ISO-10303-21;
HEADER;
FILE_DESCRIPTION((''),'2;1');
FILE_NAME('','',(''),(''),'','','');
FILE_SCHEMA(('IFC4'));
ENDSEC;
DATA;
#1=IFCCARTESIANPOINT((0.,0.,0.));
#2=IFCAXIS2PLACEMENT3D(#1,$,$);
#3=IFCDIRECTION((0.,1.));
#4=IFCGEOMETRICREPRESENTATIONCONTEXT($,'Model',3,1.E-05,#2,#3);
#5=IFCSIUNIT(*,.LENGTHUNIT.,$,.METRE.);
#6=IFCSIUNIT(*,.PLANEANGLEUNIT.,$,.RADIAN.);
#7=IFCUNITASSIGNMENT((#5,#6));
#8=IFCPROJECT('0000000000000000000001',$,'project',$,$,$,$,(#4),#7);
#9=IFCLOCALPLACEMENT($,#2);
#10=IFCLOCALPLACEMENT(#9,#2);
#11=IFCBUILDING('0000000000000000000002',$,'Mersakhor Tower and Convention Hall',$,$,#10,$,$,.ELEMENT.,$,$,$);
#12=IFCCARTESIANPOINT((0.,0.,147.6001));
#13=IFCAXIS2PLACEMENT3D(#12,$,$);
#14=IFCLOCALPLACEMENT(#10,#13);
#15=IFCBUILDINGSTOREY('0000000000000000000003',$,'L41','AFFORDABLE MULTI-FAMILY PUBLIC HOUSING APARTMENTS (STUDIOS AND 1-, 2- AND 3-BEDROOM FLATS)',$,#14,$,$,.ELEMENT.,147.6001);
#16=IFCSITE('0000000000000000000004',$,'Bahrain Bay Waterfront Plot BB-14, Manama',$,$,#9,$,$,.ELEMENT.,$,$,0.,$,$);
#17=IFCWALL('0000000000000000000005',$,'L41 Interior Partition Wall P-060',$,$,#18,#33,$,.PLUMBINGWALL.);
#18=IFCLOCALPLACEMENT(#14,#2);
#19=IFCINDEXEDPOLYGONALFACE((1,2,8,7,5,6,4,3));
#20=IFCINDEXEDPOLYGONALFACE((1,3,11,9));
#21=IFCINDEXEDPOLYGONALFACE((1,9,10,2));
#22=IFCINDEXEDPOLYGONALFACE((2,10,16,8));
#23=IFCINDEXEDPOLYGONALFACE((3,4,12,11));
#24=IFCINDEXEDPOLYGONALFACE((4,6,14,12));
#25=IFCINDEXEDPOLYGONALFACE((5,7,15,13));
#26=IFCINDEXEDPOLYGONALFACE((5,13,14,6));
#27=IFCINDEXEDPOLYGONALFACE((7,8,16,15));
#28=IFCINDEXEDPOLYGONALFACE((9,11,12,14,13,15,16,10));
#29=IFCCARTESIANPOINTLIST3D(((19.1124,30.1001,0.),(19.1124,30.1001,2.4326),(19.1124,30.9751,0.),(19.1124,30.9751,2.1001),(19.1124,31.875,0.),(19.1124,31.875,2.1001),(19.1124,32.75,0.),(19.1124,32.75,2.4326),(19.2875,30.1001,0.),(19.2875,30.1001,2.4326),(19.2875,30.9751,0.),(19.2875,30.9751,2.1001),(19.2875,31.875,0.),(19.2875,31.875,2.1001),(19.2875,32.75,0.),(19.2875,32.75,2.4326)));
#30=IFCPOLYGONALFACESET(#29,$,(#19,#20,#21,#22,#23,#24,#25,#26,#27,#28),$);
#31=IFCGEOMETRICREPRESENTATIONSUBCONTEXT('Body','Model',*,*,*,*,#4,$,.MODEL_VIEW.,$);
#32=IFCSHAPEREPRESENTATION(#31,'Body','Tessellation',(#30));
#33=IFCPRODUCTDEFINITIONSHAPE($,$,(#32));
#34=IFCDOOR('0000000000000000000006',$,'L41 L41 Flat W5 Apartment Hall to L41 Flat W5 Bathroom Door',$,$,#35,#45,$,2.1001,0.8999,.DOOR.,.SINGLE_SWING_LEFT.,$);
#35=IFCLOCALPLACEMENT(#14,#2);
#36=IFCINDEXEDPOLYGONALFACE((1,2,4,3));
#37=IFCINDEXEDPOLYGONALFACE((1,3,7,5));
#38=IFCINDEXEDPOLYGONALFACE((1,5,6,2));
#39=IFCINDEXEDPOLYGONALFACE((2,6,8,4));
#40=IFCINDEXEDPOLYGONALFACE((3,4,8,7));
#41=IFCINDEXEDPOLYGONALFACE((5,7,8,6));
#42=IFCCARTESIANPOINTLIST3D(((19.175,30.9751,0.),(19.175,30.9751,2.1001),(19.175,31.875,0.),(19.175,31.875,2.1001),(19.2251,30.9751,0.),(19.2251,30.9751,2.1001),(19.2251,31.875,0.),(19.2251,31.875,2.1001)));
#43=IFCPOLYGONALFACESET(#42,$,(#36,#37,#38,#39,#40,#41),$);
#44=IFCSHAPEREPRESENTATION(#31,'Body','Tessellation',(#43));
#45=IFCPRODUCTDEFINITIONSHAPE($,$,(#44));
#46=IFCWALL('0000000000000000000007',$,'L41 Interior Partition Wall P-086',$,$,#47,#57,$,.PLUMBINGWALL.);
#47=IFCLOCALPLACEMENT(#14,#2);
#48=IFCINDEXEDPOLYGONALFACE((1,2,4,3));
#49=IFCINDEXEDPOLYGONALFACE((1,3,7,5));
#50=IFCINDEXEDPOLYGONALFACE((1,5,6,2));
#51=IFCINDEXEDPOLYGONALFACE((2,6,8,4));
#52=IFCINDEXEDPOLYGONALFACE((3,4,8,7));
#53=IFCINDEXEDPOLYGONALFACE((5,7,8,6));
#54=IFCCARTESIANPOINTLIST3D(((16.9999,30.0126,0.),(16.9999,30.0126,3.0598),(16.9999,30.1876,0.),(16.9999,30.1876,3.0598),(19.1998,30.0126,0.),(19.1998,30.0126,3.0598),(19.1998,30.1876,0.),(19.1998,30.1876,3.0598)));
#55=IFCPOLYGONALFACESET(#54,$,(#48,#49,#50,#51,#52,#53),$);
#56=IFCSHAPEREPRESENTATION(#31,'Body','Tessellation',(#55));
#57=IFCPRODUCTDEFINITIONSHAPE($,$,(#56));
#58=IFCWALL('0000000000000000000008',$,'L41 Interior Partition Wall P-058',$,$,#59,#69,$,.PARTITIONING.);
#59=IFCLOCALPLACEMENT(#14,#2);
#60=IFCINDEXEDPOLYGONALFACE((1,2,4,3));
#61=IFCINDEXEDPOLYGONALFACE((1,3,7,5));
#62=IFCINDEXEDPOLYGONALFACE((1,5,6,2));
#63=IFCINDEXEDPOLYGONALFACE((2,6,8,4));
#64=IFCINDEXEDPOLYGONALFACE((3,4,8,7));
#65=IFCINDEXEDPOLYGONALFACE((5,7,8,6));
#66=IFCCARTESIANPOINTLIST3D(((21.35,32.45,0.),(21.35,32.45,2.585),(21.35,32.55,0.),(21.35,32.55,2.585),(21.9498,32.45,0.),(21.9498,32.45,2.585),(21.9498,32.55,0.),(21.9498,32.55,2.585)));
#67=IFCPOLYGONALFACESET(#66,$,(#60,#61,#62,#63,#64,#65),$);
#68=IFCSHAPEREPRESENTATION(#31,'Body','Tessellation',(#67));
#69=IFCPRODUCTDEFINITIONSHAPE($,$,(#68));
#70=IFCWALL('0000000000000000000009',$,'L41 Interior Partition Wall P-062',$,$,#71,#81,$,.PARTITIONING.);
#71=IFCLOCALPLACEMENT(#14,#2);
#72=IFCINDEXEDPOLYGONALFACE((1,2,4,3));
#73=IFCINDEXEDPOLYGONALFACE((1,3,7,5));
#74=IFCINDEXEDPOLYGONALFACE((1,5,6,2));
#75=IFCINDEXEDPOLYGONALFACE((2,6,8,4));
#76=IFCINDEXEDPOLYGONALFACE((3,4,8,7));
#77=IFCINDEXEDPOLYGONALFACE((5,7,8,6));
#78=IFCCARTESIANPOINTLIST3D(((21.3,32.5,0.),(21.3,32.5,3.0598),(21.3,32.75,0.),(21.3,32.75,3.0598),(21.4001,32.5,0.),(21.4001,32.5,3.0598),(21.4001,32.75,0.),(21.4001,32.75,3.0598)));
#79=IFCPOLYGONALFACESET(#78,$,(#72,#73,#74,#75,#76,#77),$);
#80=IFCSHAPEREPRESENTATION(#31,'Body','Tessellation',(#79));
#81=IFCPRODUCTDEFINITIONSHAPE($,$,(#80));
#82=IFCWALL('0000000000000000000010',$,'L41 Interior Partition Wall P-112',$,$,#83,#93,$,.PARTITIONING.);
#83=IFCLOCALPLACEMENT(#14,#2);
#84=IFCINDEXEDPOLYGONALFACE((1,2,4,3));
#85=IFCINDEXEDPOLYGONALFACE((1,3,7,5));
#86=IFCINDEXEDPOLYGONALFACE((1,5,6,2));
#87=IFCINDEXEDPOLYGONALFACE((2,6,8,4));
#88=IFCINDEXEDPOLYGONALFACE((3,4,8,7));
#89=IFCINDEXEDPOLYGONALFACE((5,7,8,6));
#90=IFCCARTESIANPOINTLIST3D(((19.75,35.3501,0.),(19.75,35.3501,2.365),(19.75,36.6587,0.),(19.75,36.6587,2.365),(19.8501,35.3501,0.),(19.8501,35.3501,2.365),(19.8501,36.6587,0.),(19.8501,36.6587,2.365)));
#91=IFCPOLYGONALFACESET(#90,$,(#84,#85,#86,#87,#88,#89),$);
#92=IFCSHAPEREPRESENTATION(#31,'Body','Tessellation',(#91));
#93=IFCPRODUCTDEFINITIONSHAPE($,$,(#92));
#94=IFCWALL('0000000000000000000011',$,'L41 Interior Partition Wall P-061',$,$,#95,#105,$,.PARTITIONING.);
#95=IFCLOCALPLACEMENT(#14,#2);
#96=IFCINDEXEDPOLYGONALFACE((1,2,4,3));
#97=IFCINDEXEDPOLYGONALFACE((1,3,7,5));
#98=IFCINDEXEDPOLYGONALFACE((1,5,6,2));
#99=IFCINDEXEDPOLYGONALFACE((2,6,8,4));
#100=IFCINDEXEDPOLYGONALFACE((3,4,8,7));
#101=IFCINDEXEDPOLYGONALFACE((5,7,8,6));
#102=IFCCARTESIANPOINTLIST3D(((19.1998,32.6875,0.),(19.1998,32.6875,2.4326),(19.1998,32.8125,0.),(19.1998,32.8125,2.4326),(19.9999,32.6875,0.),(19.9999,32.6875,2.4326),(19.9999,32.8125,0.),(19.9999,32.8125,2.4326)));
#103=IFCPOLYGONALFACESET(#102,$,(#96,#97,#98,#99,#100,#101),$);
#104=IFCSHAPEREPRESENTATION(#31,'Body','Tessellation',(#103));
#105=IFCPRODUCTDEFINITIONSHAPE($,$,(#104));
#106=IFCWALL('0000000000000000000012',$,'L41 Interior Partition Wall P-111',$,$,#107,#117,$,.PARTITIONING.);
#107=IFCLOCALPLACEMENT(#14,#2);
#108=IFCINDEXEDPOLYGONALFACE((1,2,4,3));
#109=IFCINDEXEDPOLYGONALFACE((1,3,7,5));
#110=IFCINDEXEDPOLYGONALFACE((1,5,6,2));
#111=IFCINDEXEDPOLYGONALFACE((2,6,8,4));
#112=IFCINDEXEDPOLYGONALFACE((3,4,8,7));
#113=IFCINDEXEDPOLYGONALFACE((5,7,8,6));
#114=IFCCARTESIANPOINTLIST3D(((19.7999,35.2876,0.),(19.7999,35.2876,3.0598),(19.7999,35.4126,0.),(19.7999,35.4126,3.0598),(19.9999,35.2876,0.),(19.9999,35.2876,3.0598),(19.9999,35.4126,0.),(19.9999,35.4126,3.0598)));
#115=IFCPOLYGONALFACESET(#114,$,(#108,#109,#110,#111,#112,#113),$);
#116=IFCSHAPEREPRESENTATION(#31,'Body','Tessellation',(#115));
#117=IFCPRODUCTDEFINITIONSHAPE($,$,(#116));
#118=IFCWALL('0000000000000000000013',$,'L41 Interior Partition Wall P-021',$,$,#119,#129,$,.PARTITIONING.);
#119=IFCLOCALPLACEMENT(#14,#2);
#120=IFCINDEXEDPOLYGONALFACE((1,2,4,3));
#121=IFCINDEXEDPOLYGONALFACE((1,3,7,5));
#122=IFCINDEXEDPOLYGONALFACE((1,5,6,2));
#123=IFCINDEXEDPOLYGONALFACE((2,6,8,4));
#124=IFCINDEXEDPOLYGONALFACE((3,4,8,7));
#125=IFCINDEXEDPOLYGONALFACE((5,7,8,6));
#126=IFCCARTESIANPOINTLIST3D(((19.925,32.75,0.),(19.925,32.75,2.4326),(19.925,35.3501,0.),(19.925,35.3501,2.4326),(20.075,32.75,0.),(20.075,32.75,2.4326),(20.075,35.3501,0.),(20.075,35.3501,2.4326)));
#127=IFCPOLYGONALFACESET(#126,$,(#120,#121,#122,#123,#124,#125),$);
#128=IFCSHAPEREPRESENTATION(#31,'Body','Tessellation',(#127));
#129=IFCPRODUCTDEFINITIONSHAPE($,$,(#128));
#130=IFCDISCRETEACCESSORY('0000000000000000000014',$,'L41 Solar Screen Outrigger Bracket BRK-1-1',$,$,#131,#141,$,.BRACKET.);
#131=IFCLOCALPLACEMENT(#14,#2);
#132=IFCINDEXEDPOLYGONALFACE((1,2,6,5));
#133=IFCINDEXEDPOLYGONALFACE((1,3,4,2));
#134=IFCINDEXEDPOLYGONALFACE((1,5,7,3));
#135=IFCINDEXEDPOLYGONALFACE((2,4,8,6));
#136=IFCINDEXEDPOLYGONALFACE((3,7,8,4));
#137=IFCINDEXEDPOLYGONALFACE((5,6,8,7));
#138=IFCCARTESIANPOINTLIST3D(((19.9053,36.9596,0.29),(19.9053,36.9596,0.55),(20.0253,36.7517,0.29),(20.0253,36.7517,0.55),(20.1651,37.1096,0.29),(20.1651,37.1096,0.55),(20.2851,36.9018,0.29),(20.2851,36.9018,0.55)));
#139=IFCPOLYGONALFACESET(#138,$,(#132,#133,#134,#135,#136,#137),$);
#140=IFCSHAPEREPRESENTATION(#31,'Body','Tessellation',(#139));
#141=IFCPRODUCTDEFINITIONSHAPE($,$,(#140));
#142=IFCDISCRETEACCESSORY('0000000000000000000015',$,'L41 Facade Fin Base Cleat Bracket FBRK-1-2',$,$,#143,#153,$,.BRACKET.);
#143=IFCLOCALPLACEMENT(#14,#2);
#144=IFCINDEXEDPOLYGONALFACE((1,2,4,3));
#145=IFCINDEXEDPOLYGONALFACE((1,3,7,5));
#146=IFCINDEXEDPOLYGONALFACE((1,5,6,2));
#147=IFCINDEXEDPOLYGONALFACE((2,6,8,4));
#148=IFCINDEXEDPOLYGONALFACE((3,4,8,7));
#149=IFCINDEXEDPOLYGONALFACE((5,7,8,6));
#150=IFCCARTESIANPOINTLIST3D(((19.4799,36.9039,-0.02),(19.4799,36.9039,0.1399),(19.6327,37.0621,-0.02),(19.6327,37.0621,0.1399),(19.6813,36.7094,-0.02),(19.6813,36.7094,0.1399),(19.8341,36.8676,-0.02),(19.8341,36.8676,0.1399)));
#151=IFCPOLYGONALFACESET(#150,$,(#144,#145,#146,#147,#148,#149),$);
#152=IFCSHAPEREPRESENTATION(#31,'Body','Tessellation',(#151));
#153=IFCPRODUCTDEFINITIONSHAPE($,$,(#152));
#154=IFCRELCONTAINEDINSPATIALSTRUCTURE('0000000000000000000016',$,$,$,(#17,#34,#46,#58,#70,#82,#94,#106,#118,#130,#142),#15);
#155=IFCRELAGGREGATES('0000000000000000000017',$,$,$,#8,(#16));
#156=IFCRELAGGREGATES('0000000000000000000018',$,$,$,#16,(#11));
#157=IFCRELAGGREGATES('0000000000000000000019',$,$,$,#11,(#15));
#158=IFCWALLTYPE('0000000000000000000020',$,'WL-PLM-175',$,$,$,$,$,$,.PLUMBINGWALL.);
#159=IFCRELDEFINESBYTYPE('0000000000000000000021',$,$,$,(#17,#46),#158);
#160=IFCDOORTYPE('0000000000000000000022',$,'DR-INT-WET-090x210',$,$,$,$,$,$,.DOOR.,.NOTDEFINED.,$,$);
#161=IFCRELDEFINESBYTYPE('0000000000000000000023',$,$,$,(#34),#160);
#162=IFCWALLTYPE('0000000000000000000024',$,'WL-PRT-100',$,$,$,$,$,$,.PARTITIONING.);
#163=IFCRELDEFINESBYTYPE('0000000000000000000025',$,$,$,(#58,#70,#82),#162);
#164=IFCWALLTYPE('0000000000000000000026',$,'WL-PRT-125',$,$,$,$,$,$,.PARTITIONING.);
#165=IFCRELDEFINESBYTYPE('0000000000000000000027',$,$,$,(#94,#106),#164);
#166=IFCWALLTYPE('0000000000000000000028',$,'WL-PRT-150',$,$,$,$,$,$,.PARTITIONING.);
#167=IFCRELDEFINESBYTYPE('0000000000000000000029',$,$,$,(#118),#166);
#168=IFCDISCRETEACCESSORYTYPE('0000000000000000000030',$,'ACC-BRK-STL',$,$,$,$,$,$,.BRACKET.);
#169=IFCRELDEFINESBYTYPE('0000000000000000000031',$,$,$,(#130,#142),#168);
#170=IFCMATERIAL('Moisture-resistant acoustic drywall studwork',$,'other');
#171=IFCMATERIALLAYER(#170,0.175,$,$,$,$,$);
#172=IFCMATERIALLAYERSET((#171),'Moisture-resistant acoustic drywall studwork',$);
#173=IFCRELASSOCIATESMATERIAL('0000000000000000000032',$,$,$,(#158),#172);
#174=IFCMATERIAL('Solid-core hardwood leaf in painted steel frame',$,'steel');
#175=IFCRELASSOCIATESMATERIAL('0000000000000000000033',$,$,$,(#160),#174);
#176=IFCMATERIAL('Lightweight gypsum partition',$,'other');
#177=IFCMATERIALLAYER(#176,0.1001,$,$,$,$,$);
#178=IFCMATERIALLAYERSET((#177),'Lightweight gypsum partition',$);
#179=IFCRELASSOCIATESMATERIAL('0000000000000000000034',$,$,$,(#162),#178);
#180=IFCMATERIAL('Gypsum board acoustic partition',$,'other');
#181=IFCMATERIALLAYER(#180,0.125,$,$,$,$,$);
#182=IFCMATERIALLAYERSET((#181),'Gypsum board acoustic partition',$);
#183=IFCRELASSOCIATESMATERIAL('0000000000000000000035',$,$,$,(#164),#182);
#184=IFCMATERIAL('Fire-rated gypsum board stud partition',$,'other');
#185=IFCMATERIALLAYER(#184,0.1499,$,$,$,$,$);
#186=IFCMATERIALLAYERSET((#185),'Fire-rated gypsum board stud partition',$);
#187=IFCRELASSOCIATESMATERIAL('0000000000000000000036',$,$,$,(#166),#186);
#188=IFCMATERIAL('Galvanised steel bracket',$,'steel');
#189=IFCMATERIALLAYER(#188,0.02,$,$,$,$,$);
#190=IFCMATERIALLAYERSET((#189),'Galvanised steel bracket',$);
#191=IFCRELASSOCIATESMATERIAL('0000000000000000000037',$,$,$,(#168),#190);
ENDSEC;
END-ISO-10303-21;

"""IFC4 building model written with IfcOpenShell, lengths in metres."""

from ifc_helpers import new_model, si_unit, direction, frame, frame_2d, origin, origin_2d, place, context, subcontext, project, spatial, rectangle, extrude, material, layer, layer_set, type_object, element, fill, save


model = new_model("IFC4")

# Units and contexts
model_context = context("Model", 3, precision=1e-05, world=origin(), true_north=direction((0.0, 1.0)))
body_context = subcontext(model_context, "Body", "Model", "MODEL_VIEW")
ifc_project = project(units=[si_unit("LENGTHUNIT", "METRE"), si_unit("PLANEANGLEUNIT", "RADIAN")], contexts=[model_context])

# Site, building, storey
site_placement = place(None, origin())
site = spatial("IfcSite", under=ifc_project, at=site_placement, Name="Bahrain Bay Waterfront Plot BB-14, Manama", CompositionType="ELEMENT", RefElevation=0.0)
building_placement = place(site_placement, origin())
building = spatial("IfcBuilding", under=site, at=building_placement, Name="Mersakhor Tower and Convention Hall", CompositionType="ELEMENT")
storey_placement = place(building_placement, frame((0.0, 0.0, 147.6001)))
storey = spatial("IfcBuildingStorey", under=building, at=storey_placement, Name="L41", Description="AFFORDABLE MULTI-FAMILY PUBLIC HOUSING APARTMENTS (STUDIOS AND 1-, 2- AND 3-BEDROOM FLATS)", CompositionType="ELEMENT", Elevation=147.6001)

# Wall, opening, door
ifc_material_1 = material(Name="Moisture-resistant acoustic drywall studwork", Category="other")
ifc_layer_1 = layer(ifc_material_1, 0.175)
ifc_layer_set_1 = layer_set([ifc_layer_1], Name="Moisture-resistant acoustic drywall studwork")
wall_type_1 = type_object("IfcWallType", Name="WL-PLM-175", PredefinedType="PLUMBINGWALL", material=ifc_layer_set_1)
wall_1_placement = place(storey_placement, frame((19.2, 30.1001, 0.0), z_axis=(0.0, 0.0, 1.0), x_axis=(0.0, 1.0, 0.0)))
wall_1 = element("IfcWall", 1, at=wall_1_placement, inside=storey, type_object=wall_type_1, Name="L41 Interior Partition Wall P-060", PredefinedType="PLUMBINGWALL", context=body_context, shape_type="SweptSolid", body=[
    extrude(rectangle(XDim=2.6499, YDim=0.175, at=frame_2d((1.325, 0.0))), origin(), (0.0, 0.0, 1.0), 2.4326),
])
opening_1_placement = place(wall_1_placement, frame((0.875, 0.0, 0.0)))
opening_1 = element("IfcOpeningElement", 2, at=opening_1_placement, cuts=wall_1, PredefinedType="OPENING", context=body_context, shape_type="SweptSolid", body=[
    extrude(rectangle(XDim=0.8999, YDim=2.1001, at=frame_2d((0.45, 1.05))), frame((0.0, 0.0974, 0.0), z_axis=(0.0, -1.0, 0.0), x_axis=(1.0, 0.0, 0.0)), (0.0, 0.0, 1.0), 0.1951),
])
ifc_material_2 = material(Name="Solid-core hardwood leaf in painted steel frame", Category="steel")
door_type_1 = type_object("IfcDoorType", Name="DR-INT-WET-090x210", OperationType="NOTDEFINED", PredefinedType="DOOR", material=ifc_material_2)
door_1_placement = place(opening_1_placement, origin())
door_1 = element("IfcDoor", 3, at=door_1_placement, inside=storey, type_object=door_type_1, Name="L41 L41 Flat W5 Apartment Hall to L41 Flat W5 Bathroom Door", OperationType="SINGLE_SWING_LEFT", OverallHeight=2.1001, OverallWidth=0.8999, PredefinedType="DOOR", context=body_context, shape_type="SweptSolid", body=[
    extrude(rectangle(XDim=0.8999, YDim=2.1001, at=frame_2d((0.45, 1.05))), frame((0.0, 0.0249, 0.0), z_axis=(0.0, -1.0, 0.0), x_axis=(1.0, 0.0, 0.0)), (0.0, 0.0, 1.0), 0.05),
])
fill(opening_1, door_1)

# Walls
wall_2_placement = place(storey_placement, frame((19.2, 30.1001, 0.0), z_axis=(0.0, 0.0, 1.0), x_axis=(-1.0, 0.0, 0.0)))
element("IfcWall", 4, at=wall_2_placement, inside=storey, type_object=wall_type_1, Name="L41 Interior Partition Wall P-086", PredefinedType="PLUMBINGWALL", context=body_context, shape_type="SweptSolid", body=[
    extrude(rectangle(XDim=2.2, YDim=0.175, at=frame_2d((1.1001, 0.0))), origin(), (0.0, 0.0, 1.0), 3.0598),
])
ifc_material_3 = material(Name="Lightweight gypsum partition", Category="other")
ifc_layer_2 = layer(ifc_material_3, 0.1001)
ifc_layer_set_2 = layer_set([ifc_layer_2], Name="Lightweight gypsum partition")
wall_type_2 = type_object("IfcWallType", Name="WL-PRT-100", PredefinedType="PARTITIONING", material=ifc_layer_set_2)
wall_3_placement = place(storey_placement, frame((21.3501, 32.5, 0.0), z_axis=(0.0, 0.0, 1.0), x_axis=(1.0, 0.0, 0.0)))
element("IfcWall", 5, at=wall_3_placement, inside=storey, type_object=wall_type_2, Name="L41 Interior Partition Wall P-058", PredefinedType="PARTITIONING", context=body_context, shape_type="SweptSolid", body=[
    extrude(rectangle(XDim=0.5999, YDim=0.1001, at=frame_2d((0.2998, 0.0))), origin(), (0.0, 0.0, 1.0), 2.585),
])
wall_4_placement = place(storey_placement, frame((21.3501, 32.75, 0.0), z_axis=(0.0, 0.0, 1.0), x_axis=(0.0, -1.0, 0.0)))
element("IfcWall", 6, at=wall_4_placement, inside=storey, type_object=wall_type_2, Name="L41 Interior Partition Wall P-062", PredefinedType="PARTITIONING", context=body_context, shape_type="SweptSolid", body=[
    extrude(rectangle(XDim=0.25, YDim=0.1001, at=frame_2d((0.125, 0.0))), origin(), (0.0, 0.0, 1.0), 3.0598),
])
wall_5_placement = place(storey_placement, frame((19.8, 35.3501, 0.0), z_axis=(0.0, 0.0, 1.0), x_axis=(0.0, 1.0, 0.0)))
element("IfcWall", 7, at=wall_5_placement, inside=storey, type_object=wall_type_2, Name="L41 Interior Partition Wall P-112", PredefinedType="PARTITIONING", context=body_context, shape_type="SweptSolid", body=[
    extrude(rectangle(XDim=1.3086, YDim=0.1001, at=frame_2d((0.6543, 0.0))), origin(), (0.0, 0.0, 1.0), 2.365),
])
ifc_material_4 = material(Name="Gypsum board acoustic partition", Category="other")
ifc_layer_3 = layer(ifc_material_4, 0.125)
ifc_layer_set_3 = layer_set([ifc_layer_3], Name="Gypsum board acoustic partition")
wall_type_3 = type_object("IfcWallType", Name="WL-PRT-125", PredefinedType="PARTITIONING", material=ifc_layer_set_3)
wall_6_placement = place(storey_placement, frame((19.2, 32.75, 0.0), z_axis=(0.0, 0.0, 1.0), x_axis=(1.0, 0.0, 0.0)))
element("IfcWall", 8, at=wall_6_placement, inside=storey, type_object=wall_type_3, Name="L41 Interior Partition Wall P-061", PredefinedType="PARTITIONING", context=body_context, shape_type="SweptSolid", body=[
    extrude(rectangle(XDim=0.8, YDim=0.125, at=frame_2d((0.3999, 0.0))), origin(), (0.0, 0.0, 1.0), 2.4326),
])
wall_7_placement = place(storey_placement, frame((20.0, 35.3501, 0.0), z_axis=(0.0, 0.0, 1.0), x_axis=(-1.0, 0.0, 0.0)))
element("IfcWall", 9, at=wall_7_placement, inside=storey, type_object=wall_type_3, Name="L41 Interior Partition Wall P-111", PredefinedType="PARTITIONING", context=body_context, shape_type="SweptSolid", body=[
    extrude(rectangle(XDim=0.2, YDim=0.125, at=frame_2d((0.1001, 0.0))), origin(), (0.0, 0.0, 1.0), 3.0598),
])

# Shared definitions
ifc_material_5 = material(Name="Fire-rated gypsum board stud partition", Category="other")
ifc_layer_4 = layer(ifc_material_5, 0.1499)
ifc_layer_set_4 = layer_set([ifc_layer_4], Name="Fire-rated gypsum board stud partition")
wall_type_4 = type_object("IfcWallType", Name="WL-PRT-150", PredefinedType="PARTITIONING", material=ifc_layer_set_4)

# Wall
wall_8_placement = place(storey_placement, frame((20.0, 32.75, 0.0), z_axis=(0.0, 0.0, 1.0), x_axis=(0.0, 1.0, 0.0)))
element("IfcWall", 10, at=wall_8_placement, inside=storey, type_object=wall_type_4, Name="L41 Interior Partition Wall P-021", PredefinedType="PARTITIONING", context=body_context, shape_type="SweptSolid", body=[
    extrude(rectangle(XDim=2.6001, YDim=0.1499, at=frame_2d((1.3, 0.0))), origin(), (0.0, 0.0, 1.0), 2.4326),
])

# Discrete accessories
ifc_material_6 = material(Name="Galvanised steel bracket", Category="steel")
ifc_layer_5 = layer(ifc_material_6, 0.02)
ifc_layer_set_5 = layer_set([ifc_layer_5], Name="Galvanised steel bracket")
discrete_accessory_type = type_object("IfcDiscreteAccessoryType", Name="ACC-BRK-STL", PredefinedType="BRACKET", material=ifc_layer_set_5)
discrete_accessory_1_placement = place(storey_placement, frame((20.0952, 36.9307, 0.29), z_axis=(0.0, 0.0, 1.0), x_axis=(0.866025, 0.5, 0.0)))
element("IfcDiscreteAccessory", 11, at=discrete_accessory_1_placement, inside=storey, type_object=discrete_accessory_type, Name="L41 Solar Screen Outrigger Bracket BRK-1-1", PredefinedType="BRACKET", context=body_context, shape_type="SweptSolid", body=[
    extrude(rectangle(XDim=0.3, YDim=0.24, at=origin_2d()), origin(), (0.0, 0.0, 1.0), 0.26),
])
discrete_accessory_2_placement = place(storey_placement, frame((19.657, 36.8857, -0.02), z_axis=(0.0, 0.0, 1.0), x_axis=(-0.71934, 0.694658, 0.0)))
element("IfcDiscreteAccessory", 12, at=discrete_accessory_2_placement, inside=storey, type_object=discrete_accessory_type, Name="L41 Facade Fin Base Cleat Bracket FBRK-1-2", PredefinedType="BRACKET", context=body_context, shape_type="SweptSolid", body=[
    extrude(rectangle(XDim=0.28, YDim=0.22, at=origin_2d()), origin(), (0.0, 0.0, 1.0), 0.1599),
])

save(model, "model.ifc")
